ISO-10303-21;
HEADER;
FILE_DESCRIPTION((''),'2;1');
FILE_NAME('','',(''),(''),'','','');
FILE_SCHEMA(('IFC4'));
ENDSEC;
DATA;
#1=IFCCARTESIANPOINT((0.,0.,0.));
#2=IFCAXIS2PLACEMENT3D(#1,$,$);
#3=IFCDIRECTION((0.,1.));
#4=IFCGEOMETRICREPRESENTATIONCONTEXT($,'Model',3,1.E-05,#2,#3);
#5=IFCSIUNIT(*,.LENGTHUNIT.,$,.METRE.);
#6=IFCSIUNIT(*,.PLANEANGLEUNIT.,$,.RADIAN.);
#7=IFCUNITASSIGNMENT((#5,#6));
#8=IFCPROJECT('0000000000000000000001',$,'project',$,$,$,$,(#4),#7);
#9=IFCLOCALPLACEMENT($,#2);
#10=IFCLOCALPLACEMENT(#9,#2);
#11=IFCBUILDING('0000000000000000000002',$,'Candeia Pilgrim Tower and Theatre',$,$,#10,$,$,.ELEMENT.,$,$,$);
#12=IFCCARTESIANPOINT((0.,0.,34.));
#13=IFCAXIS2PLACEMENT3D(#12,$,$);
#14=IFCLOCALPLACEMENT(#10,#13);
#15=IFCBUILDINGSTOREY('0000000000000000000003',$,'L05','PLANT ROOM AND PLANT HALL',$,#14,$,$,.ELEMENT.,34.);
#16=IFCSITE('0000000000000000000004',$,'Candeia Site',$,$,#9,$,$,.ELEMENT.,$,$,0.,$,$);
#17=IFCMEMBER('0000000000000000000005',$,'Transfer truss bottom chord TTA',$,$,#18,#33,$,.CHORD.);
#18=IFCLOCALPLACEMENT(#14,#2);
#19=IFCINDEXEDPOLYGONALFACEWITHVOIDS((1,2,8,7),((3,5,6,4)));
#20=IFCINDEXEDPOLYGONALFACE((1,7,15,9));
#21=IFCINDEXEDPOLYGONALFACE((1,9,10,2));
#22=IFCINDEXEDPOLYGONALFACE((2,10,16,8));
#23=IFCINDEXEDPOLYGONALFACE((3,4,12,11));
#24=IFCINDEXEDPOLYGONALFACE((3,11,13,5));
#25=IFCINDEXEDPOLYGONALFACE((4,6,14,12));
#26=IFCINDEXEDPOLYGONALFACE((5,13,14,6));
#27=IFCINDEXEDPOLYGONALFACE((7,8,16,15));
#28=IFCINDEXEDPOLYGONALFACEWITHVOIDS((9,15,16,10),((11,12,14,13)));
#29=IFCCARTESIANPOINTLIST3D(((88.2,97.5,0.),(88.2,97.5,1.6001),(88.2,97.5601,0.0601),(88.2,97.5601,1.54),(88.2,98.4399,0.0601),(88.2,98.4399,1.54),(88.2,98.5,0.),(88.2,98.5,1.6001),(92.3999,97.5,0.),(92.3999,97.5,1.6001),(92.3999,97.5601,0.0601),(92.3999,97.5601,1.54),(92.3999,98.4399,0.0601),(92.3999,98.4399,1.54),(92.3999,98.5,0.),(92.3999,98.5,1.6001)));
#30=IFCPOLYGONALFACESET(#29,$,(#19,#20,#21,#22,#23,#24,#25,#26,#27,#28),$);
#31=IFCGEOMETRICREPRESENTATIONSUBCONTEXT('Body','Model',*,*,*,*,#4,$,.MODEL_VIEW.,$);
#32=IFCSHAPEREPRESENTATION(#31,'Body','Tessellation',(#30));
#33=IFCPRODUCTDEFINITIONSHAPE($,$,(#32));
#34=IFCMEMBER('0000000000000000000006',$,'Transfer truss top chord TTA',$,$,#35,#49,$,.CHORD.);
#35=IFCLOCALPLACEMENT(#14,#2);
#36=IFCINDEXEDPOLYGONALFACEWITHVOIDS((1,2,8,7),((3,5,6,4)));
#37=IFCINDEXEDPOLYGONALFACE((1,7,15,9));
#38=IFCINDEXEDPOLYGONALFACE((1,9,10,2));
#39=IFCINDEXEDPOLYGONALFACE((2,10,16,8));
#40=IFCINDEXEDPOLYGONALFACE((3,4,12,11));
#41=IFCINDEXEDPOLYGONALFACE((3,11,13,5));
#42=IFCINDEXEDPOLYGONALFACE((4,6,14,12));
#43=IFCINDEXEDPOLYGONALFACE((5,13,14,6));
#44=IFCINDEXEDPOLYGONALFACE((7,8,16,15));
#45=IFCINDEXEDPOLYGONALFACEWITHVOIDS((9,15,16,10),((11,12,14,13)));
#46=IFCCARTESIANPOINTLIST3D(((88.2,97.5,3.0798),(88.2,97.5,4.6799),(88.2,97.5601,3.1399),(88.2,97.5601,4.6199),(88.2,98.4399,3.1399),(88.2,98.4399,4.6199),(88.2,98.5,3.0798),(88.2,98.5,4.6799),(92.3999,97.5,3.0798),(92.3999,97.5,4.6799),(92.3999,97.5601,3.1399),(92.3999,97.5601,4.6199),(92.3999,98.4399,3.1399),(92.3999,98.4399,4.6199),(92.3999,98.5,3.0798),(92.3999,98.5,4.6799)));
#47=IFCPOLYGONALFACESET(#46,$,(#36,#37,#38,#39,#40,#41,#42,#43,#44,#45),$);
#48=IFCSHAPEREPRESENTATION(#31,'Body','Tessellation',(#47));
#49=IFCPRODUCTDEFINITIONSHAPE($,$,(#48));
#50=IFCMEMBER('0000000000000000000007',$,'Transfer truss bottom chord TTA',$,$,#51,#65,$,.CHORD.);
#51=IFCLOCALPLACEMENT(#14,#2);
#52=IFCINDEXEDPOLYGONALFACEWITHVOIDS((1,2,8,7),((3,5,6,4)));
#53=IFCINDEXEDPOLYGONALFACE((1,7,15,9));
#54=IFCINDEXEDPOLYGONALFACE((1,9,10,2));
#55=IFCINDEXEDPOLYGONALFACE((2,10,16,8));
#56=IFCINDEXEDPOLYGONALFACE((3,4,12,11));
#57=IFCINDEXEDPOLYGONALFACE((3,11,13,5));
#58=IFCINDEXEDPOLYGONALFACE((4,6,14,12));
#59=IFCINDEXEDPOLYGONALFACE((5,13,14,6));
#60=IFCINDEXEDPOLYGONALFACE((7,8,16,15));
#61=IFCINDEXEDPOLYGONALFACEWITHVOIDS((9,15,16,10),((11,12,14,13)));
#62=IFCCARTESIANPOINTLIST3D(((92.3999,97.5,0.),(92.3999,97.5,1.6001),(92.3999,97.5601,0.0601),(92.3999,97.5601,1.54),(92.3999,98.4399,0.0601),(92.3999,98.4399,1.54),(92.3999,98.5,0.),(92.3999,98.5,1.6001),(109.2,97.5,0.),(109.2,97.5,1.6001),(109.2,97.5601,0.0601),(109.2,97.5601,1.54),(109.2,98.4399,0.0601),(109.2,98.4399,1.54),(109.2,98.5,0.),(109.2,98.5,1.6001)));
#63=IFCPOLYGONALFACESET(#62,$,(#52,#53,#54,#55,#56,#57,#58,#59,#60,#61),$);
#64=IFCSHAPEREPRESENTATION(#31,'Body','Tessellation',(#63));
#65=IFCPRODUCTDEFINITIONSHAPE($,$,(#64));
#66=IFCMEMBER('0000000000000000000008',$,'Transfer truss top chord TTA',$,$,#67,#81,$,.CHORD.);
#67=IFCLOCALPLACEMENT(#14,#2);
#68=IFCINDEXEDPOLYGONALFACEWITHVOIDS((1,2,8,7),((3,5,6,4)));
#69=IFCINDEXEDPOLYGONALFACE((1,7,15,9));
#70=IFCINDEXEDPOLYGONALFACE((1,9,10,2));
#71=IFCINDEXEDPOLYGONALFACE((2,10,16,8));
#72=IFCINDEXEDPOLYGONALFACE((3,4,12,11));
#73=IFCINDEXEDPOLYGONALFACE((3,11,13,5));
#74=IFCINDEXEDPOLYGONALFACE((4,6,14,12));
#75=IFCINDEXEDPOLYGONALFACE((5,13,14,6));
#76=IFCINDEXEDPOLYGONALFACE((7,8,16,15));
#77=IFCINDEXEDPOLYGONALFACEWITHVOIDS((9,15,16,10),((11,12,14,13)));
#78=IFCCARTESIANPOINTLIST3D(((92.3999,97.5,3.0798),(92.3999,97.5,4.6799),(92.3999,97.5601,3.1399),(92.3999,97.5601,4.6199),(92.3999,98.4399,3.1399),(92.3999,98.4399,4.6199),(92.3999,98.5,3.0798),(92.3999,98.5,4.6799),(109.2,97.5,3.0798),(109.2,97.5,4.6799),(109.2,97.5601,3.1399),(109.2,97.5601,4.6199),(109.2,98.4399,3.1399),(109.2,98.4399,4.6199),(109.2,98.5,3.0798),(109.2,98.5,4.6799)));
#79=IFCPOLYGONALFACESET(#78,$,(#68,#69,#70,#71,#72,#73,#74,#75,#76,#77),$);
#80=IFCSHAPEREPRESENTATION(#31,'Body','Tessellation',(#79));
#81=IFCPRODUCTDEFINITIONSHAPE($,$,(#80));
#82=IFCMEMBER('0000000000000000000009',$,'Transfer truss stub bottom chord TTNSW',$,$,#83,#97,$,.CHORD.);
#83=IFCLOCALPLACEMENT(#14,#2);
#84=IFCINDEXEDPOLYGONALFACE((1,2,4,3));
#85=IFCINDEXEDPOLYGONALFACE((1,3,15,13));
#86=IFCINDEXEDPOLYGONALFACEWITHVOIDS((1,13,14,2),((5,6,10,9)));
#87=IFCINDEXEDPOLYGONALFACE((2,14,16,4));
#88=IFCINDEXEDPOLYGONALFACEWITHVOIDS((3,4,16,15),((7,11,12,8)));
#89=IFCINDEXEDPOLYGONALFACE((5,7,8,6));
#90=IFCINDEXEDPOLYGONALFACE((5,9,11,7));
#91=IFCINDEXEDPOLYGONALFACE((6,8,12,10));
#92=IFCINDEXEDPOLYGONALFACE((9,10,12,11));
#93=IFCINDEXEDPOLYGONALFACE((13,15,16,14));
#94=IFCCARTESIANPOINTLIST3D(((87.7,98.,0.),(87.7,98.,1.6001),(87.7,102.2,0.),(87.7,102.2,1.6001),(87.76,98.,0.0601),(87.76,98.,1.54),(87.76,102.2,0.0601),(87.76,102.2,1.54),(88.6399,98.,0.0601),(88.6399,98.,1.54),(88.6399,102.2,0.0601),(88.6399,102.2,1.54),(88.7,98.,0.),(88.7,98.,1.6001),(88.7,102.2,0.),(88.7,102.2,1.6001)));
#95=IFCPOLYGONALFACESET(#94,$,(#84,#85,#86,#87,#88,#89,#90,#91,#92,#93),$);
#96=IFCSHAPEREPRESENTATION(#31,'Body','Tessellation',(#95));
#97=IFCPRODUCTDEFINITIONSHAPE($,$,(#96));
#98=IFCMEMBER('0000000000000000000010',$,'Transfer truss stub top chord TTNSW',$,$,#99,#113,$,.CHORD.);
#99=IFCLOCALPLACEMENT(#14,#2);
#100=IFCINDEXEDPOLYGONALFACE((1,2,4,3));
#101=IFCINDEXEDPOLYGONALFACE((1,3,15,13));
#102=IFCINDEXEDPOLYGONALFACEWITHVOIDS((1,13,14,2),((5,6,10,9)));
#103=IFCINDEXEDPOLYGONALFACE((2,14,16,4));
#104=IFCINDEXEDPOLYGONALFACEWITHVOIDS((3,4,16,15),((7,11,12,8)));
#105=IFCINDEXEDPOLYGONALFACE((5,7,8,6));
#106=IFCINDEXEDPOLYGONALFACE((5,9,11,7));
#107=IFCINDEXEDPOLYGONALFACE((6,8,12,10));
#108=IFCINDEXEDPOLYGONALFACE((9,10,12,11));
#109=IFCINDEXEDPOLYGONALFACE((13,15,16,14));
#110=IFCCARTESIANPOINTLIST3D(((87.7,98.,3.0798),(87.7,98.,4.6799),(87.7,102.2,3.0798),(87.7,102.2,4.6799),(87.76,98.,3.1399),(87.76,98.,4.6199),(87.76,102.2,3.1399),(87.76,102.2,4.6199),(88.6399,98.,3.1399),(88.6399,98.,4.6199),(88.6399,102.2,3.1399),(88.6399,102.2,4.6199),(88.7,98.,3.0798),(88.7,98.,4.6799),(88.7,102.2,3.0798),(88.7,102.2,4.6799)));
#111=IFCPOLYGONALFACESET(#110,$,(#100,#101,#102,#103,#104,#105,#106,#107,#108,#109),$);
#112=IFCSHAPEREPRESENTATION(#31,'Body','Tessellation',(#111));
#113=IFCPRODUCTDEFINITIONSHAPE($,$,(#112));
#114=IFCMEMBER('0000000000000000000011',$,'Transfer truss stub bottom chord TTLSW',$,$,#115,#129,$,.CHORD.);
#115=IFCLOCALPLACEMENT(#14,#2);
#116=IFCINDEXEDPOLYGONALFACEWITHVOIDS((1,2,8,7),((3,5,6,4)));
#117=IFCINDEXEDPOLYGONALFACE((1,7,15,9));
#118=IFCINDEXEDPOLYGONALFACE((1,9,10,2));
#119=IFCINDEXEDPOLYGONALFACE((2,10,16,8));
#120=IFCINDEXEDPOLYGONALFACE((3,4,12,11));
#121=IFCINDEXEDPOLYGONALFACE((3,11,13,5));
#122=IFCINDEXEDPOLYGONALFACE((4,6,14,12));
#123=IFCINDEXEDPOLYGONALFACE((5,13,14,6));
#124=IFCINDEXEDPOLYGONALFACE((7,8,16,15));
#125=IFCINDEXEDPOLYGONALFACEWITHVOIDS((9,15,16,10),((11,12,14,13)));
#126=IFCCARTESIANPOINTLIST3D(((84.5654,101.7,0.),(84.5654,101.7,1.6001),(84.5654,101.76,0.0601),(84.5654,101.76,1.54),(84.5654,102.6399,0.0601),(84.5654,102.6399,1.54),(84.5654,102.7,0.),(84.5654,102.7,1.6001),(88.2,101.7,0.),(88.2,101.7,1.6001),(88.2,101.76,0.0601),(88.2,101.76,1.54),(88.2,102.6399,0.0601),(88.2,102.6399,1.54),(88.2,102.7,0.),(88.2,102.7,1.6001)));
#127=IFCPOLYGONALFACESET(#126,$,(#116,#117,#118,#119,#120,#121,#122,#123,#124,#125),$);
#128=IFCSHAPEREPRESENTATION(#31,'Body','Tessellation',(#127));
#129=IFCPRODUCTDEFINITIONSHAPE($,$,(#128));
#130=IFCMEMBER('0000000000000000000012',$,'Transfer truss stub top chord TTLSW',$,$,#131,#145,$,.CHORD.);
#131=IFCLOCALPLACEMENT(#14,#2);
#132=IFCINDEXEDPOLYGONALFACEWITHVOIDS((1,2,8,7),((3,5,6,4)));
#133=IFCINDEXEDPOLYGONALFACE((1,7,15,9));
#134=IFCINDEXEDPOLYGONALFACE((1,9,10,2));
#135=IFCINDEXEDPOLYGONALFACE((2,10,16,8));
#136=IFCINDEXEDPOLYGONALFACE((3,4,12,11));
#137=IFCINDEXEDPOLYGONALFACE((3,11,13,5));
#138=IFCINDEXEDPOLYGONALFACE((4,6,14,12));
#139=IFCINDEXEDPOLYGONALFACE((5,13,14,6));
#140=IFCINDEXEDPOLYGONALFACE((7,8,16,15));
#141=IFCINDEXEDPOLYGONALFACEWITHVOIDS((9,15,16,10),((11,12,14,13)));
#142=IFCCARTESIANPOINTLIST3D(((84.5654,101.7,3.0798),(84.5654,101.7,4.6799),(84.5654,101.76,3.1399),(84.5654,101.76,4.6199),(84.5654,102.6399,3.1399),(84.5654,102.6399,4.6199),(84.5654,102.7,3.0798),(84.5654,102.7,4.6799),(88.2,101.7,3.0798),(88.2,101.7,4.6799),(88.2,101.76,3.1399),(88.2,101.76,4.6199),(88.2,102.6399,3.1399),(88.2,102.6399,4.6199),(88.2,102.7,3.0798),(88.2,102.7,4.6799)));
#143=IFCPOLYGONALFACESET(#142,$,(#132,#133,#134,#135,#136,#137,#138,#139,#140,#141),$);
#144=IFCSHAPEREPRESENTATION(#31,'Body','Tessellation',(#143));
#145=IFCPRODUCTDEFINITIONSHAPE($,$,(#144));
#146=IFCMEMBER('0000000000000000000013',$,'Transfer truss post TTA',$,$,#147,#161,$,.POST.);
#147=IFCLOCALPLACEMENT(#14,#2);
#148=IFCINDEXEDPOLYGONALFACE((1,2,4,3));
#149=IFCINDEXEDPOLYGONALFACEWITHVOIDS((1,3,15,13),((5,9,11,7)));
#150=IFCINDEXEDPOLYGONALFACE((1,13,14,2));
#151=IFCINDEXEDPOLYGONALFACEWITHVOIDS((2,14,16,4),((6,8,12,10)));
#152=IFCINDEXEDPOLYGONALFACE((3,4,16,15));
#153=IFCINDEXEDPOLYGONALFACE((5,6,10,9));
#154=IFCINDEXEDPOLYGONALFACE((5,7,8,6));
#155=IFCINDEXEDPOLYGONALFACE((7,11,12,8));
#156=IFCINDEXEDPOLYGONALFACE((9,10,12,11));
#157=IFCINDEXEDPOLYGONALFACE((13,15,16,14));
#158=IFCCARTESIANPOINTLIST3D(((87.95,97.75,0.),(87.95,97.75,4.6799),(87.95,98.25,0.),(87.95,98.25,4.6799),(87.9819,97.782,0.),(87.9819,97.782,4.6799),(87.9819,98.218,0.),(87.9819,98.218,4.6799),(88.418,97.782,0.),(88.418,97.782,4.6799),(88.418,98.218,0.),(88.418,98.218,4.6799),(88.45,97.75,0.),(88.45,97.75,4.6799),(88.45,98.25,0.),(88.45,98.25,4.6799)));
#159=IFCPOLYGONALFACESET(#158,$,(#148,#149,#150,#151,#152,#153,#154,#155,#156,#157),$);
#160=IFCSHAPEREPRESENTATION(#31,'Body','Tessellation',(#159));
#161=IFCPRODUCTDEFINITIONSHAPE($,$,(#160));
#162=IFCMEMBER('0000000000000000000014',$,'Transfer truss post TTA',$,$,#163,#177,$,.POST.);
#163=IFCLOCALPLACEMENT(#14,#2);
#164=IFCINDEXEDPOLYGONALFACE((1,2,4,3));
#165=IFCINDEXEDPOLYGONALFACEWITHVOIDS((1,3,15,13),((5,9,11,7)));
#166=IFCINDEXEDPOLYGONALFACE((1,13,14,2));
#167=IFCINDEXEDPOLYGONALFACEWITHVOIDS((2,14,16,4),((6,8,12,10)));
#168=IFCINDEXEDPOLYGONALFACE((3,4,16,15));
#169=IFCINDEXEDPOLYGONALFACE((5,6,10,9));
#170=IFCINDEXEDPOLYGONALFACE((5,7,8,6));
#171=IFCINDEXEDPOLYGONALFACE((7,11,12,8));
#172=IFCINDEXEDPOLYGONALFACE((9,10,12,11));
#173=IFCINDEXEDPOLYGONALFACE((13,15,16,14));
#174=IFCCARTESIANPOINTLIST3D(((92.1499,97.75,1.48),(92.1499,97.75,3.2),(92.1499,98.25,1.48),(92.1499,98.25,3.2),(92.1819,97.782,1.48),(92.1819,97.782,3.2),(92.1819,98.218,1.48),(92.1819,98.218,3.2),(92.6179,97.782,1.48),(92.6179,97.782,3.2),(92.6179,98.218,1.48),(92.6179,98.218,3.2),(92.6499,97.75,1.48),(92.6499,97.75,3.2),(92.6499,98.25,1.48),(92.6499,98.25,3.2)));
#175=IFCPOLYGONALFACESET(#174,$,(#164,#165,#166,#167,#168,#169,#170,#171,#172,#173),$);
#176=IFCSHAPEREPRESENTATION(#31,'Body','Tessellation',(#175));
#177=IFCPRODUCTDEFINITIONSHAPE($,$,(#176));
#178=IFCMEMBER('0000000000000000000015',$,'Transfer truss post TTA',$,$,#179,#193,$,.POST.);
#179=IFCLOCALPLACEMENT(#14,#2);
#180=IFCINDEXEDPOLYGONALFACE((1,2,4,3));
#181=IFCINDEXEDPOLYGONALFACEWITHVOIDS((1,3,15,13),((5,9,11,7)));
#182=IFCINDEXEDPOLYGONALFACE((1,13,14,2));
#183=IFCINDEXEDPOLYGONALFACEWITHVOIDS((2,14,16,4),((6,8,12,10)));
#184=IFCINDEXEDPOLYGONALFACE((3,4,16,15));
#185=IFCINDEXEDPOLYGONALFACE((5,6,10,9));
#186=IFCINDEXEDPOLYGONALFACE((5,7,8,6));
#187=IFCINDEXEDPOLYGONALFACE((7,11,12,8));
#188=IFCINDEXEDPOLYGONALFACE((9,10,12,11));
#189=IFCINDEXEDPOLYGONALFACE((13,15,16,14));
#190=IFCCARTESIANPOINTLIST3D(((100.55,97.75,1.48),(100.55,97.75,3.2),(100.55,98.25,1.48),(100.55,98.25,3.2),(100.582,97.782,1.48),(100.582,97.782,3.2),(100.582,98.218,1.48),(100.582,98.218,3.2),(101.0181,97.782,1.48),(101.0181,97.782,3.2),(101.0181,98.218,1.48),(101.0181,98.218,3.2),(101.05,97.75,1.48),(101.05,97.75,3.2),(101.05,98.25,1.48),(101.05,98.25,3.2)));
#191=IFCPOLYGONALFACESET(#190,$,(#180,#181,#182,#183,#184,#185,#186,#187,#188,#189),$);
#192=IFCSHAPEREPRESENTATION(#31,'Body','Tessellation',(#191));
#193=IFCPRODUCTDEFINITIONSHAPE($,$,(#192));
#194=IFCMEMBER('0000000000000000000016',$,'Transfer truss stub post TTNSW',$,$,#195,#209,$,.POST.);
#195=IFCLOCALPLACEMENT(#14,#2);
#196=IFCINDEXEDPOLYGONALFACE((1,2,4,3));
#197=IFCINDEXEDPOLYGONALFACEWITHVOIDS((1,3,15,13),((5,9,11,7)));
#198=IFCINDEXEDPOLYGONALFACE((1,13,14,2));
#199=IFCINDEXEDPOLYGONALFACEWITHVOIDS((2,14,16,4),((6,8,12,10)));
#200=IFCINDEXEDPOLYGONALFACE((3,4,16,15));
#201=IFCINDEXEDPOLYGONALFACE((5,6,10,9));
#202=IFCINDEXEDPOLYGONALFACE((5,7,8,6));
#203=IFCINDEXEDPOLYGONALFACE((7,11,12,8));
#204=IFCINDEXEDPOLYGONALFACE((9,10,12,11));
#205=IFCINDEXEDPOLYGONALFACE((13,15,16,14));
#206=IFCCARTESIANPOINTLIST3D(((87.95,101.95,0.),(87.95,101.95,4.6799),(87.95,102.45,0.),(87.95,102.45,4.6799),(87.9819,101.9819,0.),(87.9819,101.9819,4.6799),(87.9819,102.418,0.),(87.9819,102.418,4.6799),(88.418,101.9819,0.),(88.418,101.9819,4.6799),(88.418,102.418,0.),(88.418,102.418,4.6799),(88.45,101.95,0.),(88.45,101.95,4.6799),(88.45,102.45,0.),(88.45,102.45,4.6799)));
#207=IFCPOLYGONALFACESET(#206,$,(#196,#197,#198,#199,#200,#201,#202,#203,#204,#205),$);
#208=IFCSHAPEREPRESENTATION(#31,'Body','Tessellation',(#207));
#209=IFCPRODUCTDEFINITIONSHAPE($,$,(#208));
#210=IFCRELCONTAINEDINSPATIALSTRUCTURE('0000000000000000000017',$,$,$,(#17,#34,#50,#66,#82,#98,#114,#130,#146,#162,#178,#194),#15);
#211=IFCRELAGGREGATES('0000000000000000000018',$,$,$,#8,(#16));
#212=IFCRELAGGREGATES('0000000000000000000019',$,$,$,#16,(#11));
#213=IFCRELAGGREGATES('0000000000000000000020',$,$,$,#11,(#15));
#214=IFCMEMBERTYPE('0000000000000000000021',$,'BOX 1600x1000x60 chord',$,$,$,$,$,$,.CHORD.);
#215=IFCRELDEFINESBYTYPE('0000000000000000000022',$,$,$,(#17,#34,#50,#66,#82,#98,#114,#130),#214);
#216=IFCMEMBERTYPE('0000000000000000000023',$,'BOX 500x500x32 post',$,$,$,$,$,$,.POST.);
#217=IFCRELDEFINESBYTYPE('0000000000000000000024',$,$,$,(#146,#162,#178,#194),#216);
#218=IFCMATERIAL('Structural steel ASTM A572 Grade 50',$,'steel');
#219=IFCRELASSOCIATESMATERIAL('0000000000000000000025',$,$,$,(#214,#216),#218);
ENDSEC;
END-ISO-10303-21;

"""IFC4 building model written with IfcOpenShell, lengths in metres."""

from ifc_helpers import new_model, si_unit, direction, frame, origin, origin_2d, place, context, subcontext, project, spatial, hollow_rectangle, extrude, material, material_profile, profile_set, type_object, element, save


model = new_model("IFC4")

# Units and contexts
model_context = context("Model", 3, precision=1e-05, world=origin(), true_north=direction((0.0, 1.0)))
body_context = subcontext(model_context, "Body", "Model", "MODEL_VIEW")
ifc_project = project(units=[si_unit("LENGTHUNIT", "METRE"), si_unit("PLANEANGLEUNIT", "RADIAN")], contexts=[model_context])

# Site, building, storey
site_placement = place(None, origin())
site = spatial("IfcSite", under=ifc_project, at=site_placement, Name="Candeia Site", CompositionType="ELEMENT", RefElevation=0.0)
building_placement = place(site_placement, origin())
building = spatial("IfcBuilding", under=site, at=building_placement, Name="Candeia Pilgrim Tower and Theatre", CompositionType="ELEMENT")
storey_placement = place(building_placement, frame((0.0, 0.0, 34.0)))
storey = spatial("IfcBuildingStorey", under=building, at=storey_placement, Name="L05", Description="PLANT ROOM AND PLANT HALL", CompositionType="ELEMENT", Elevation=34.0)

# Members
ifc_material_1 = material(Name="Structural steel ASTM A572 Grade 50", Category="steel")
ifc_material_profile_1 = material_profile(ifc_material_1, hollow_rectangle(XDim=1.0, YDim=1.6001, WallThickness=0.0601, at=origin_2d()))
ifc_profile_set_1 = profile_set([ifc_material_profile_1], Name="Structural steel ASTM A572 Grade 50")
member_type_1 = type_object("IfcMemberType", Name="BOX 1600x1000x60 chord", PredefinedType="CHORD", material=ifc_profile_set_1)
for number, where, z_axis, x_axis, name in (
    (1, (88.2, 98.0, 0.8), (1.0, 0.0, 0.0), (0.0, 1.0, 0.0), "Transfer truss bottom chord TTA"),
    (2, (88.2, 98.0, 3.8799), (1.0, 0.0, 0.0), (0.0, 1.0, 0.0), "Transfer truss top chord TTA"),
):
    element("IfcMember", number, at=place(storey_placement, frame(where, z_axis=z_axis, x_axis=x_axis)), inside=storey, type_object=member_type_1, Name=name, PredefinedType="CHORD", context=body_context, shape_type="SweptSolid", body=[
        extrude(hollow_rectangle(XDim=1.0, YDim=1.6001, WallThickness=0.0601, at=origin_2d()), origin(), (0.0, 0.0, 1.0), 4.2),
    ])
for number, where, z_axis, x_axis, name in (
    (3, (92.3999, 98.0, 0.8), (1.0, 0.0, 0.0), (0.0, 1.0, 0.0), "Transfer truss bottom chord TTA"),
    (4, (92.3999, 98.0, 3.8799), (1.0, 0.0, 0.0), (0.0, 1.0, 0.0), "Transfer truss top chord TTA"),
):
    element("IfcMember", number, at=place(storey_placement, frame(where, z_axis=z_axis, x_axis=x_axis)), inside=storey, type_object=member_type_1, Name=name, PredefinedType="CHORD", context=body_context, shape_type="SweptSolid", body=[
        extrude(hollow_rectangle(XDim=1.0, YDim=1.6001, WallThickness=0.0601, at=origin_2d()), origin(), (0.0, 0.0, 1.0), 16.8),
    ])
for number, where, z_axis, x_axis, name in (
    (5, (88.2, 98.0, 0.8), (0.0, 1.0, 0.0), (-1.0, 0.0, 0.0), "Transfer truss stub bottom chord TTNSW"),
    (6, (88.2, 98.0, 3.8799), (0.0, 1.0, 0.0), (-1.0, 0.0, 0.0), "Transfer truss stub top chord TTNSW"),
):
    element("IfcMember", number, at=place(storey_placement, frame(where, z_axis=z_axis, x_axis=x_axis)), inside=storey, type_object=member_type_1, Name=name, PredefinedType="CHORD", context=body_context, shape_type="SweptSolid", body=[
        extrude(hollow_rectangle(XDim=1.0, YDim=1.6001, WallThickness=0.0601, at=origin_2d()), origin(), (0.0, 0.0, 1.0), 4.2),
    ])
for number, where, z_axis, x_axis, name in (
    (7, (88.2, 102.2, 0.8), (-1.0, 0.0, 0.0), (0.0, -1.0, 0.0), "Transfer truss stub bottom chord TTLSW"),
    (8, (88.2, 102.2, 3.8799), (-1.0, 0.0, 0.0), (0.0, -1.0, 0.0), "Transfer truss stub top chord TTLSW"),
):
    element("IfcMember", number, at=place(storey_placement, frame(where, z_axis=z_axis, x_axis=x_axis)), inside=storey, type_object=member_type_1, Name=name, PredefinedType="CHORD", context=body_context, shape_type="SweptSolid", body=[
        extrude(hollow_rectangle(XDim=1.0, YDim=1.6001, WallThickness=0.0601, at=origin_2d()), origin(), (0.0, 0.0, 1.0), 3.6345),
    ])
ifc_material_profile_2 = material_profile(ifc_material_1, hollow_rectangle(XDim=0.5, YDim=0.5, WallThickness=0.032, at=origin_2d()))
ifc_profile_set_2 = profile_set([ifc_material_profile_2], Name="Structural steel ASTM A572 Grade 50")
member_type_2 = type_object("IfcMemberType", Name="BOX 500x500x32 post", PredefinedType="POST", material=ifc_profile_set_2)
member_1_placement = place(storey_placement, frame((88.2, 98.0, 0.0), z_axis=(0.0, 0.0, 1.0), x_axis=(1.0, 0.0, 0.0)))
element("IfcMember", 9, at=member_1_placement, inside=storey, type_object=member_type_2, Name="Transfer truss post TTA", PredefinedType="POST", context=body_context, shape_type="SweptSolid", body=[
    extrude(hollow_rectangle(XDim=0.5, YDim=0.5, WallThickness=0.032, at=origin_2d()), origin(), (0.0, 0.0, 1.0), 4.6799),
])
for number, where, z_axis, x_axis, name in (
    (10, (92.3999, 98.0, 1.48), (0.0, 0.0, 1.0), (1.0, 0.0, 0.0), "Transfer truss post TTA"),
    (11, (100.8, 98.0, 1.48), (0.0, 0.0, 1.0), (1.0, 0.0, 0.0), "Transfer truss post TTA"),
):
    element("IfcMember", number, at=place(storey_placement, frame(where, z_axis=z_axis, x_axis=x_axis)), inside=storey, type_object=member_type_2, Name=name, PredefinedType="POST", context=body_context, shape_type="SweptSolid", body=[
        extrude(hollow_rectangle(XDim=0.5, YDim=0.5, WallThickness=0.032, at=origin_2d()), origin(), (0.0, 0.0, 1.0), 1.72),
    ])
for number, where, z_axis, x_axis, name in (
    (12, (88.2, 102.2, 0.0), (0.0, 0.0, 1.0), (1.0, 0.0, 0.0), "Transfer truss stub post TTNSW"),
):
    element("IfcMember", number, at=place(storey_placement, frame(where, z_axis=z_axis, x_axis=x_axis)), inside=storey, type_object=member_type_2, Name=name, PredefinedType="POST", context=body_context, shape_type="SweptSolid", body=[
        extrude(hollow_rectangle(XDim=0.5, YDim=0.5, WallThickness=0.032, at=origin_2d()), origin(), (0.0, 0.0, 1.0), 4.6799),
    ])

save(model, "model.ifc")
